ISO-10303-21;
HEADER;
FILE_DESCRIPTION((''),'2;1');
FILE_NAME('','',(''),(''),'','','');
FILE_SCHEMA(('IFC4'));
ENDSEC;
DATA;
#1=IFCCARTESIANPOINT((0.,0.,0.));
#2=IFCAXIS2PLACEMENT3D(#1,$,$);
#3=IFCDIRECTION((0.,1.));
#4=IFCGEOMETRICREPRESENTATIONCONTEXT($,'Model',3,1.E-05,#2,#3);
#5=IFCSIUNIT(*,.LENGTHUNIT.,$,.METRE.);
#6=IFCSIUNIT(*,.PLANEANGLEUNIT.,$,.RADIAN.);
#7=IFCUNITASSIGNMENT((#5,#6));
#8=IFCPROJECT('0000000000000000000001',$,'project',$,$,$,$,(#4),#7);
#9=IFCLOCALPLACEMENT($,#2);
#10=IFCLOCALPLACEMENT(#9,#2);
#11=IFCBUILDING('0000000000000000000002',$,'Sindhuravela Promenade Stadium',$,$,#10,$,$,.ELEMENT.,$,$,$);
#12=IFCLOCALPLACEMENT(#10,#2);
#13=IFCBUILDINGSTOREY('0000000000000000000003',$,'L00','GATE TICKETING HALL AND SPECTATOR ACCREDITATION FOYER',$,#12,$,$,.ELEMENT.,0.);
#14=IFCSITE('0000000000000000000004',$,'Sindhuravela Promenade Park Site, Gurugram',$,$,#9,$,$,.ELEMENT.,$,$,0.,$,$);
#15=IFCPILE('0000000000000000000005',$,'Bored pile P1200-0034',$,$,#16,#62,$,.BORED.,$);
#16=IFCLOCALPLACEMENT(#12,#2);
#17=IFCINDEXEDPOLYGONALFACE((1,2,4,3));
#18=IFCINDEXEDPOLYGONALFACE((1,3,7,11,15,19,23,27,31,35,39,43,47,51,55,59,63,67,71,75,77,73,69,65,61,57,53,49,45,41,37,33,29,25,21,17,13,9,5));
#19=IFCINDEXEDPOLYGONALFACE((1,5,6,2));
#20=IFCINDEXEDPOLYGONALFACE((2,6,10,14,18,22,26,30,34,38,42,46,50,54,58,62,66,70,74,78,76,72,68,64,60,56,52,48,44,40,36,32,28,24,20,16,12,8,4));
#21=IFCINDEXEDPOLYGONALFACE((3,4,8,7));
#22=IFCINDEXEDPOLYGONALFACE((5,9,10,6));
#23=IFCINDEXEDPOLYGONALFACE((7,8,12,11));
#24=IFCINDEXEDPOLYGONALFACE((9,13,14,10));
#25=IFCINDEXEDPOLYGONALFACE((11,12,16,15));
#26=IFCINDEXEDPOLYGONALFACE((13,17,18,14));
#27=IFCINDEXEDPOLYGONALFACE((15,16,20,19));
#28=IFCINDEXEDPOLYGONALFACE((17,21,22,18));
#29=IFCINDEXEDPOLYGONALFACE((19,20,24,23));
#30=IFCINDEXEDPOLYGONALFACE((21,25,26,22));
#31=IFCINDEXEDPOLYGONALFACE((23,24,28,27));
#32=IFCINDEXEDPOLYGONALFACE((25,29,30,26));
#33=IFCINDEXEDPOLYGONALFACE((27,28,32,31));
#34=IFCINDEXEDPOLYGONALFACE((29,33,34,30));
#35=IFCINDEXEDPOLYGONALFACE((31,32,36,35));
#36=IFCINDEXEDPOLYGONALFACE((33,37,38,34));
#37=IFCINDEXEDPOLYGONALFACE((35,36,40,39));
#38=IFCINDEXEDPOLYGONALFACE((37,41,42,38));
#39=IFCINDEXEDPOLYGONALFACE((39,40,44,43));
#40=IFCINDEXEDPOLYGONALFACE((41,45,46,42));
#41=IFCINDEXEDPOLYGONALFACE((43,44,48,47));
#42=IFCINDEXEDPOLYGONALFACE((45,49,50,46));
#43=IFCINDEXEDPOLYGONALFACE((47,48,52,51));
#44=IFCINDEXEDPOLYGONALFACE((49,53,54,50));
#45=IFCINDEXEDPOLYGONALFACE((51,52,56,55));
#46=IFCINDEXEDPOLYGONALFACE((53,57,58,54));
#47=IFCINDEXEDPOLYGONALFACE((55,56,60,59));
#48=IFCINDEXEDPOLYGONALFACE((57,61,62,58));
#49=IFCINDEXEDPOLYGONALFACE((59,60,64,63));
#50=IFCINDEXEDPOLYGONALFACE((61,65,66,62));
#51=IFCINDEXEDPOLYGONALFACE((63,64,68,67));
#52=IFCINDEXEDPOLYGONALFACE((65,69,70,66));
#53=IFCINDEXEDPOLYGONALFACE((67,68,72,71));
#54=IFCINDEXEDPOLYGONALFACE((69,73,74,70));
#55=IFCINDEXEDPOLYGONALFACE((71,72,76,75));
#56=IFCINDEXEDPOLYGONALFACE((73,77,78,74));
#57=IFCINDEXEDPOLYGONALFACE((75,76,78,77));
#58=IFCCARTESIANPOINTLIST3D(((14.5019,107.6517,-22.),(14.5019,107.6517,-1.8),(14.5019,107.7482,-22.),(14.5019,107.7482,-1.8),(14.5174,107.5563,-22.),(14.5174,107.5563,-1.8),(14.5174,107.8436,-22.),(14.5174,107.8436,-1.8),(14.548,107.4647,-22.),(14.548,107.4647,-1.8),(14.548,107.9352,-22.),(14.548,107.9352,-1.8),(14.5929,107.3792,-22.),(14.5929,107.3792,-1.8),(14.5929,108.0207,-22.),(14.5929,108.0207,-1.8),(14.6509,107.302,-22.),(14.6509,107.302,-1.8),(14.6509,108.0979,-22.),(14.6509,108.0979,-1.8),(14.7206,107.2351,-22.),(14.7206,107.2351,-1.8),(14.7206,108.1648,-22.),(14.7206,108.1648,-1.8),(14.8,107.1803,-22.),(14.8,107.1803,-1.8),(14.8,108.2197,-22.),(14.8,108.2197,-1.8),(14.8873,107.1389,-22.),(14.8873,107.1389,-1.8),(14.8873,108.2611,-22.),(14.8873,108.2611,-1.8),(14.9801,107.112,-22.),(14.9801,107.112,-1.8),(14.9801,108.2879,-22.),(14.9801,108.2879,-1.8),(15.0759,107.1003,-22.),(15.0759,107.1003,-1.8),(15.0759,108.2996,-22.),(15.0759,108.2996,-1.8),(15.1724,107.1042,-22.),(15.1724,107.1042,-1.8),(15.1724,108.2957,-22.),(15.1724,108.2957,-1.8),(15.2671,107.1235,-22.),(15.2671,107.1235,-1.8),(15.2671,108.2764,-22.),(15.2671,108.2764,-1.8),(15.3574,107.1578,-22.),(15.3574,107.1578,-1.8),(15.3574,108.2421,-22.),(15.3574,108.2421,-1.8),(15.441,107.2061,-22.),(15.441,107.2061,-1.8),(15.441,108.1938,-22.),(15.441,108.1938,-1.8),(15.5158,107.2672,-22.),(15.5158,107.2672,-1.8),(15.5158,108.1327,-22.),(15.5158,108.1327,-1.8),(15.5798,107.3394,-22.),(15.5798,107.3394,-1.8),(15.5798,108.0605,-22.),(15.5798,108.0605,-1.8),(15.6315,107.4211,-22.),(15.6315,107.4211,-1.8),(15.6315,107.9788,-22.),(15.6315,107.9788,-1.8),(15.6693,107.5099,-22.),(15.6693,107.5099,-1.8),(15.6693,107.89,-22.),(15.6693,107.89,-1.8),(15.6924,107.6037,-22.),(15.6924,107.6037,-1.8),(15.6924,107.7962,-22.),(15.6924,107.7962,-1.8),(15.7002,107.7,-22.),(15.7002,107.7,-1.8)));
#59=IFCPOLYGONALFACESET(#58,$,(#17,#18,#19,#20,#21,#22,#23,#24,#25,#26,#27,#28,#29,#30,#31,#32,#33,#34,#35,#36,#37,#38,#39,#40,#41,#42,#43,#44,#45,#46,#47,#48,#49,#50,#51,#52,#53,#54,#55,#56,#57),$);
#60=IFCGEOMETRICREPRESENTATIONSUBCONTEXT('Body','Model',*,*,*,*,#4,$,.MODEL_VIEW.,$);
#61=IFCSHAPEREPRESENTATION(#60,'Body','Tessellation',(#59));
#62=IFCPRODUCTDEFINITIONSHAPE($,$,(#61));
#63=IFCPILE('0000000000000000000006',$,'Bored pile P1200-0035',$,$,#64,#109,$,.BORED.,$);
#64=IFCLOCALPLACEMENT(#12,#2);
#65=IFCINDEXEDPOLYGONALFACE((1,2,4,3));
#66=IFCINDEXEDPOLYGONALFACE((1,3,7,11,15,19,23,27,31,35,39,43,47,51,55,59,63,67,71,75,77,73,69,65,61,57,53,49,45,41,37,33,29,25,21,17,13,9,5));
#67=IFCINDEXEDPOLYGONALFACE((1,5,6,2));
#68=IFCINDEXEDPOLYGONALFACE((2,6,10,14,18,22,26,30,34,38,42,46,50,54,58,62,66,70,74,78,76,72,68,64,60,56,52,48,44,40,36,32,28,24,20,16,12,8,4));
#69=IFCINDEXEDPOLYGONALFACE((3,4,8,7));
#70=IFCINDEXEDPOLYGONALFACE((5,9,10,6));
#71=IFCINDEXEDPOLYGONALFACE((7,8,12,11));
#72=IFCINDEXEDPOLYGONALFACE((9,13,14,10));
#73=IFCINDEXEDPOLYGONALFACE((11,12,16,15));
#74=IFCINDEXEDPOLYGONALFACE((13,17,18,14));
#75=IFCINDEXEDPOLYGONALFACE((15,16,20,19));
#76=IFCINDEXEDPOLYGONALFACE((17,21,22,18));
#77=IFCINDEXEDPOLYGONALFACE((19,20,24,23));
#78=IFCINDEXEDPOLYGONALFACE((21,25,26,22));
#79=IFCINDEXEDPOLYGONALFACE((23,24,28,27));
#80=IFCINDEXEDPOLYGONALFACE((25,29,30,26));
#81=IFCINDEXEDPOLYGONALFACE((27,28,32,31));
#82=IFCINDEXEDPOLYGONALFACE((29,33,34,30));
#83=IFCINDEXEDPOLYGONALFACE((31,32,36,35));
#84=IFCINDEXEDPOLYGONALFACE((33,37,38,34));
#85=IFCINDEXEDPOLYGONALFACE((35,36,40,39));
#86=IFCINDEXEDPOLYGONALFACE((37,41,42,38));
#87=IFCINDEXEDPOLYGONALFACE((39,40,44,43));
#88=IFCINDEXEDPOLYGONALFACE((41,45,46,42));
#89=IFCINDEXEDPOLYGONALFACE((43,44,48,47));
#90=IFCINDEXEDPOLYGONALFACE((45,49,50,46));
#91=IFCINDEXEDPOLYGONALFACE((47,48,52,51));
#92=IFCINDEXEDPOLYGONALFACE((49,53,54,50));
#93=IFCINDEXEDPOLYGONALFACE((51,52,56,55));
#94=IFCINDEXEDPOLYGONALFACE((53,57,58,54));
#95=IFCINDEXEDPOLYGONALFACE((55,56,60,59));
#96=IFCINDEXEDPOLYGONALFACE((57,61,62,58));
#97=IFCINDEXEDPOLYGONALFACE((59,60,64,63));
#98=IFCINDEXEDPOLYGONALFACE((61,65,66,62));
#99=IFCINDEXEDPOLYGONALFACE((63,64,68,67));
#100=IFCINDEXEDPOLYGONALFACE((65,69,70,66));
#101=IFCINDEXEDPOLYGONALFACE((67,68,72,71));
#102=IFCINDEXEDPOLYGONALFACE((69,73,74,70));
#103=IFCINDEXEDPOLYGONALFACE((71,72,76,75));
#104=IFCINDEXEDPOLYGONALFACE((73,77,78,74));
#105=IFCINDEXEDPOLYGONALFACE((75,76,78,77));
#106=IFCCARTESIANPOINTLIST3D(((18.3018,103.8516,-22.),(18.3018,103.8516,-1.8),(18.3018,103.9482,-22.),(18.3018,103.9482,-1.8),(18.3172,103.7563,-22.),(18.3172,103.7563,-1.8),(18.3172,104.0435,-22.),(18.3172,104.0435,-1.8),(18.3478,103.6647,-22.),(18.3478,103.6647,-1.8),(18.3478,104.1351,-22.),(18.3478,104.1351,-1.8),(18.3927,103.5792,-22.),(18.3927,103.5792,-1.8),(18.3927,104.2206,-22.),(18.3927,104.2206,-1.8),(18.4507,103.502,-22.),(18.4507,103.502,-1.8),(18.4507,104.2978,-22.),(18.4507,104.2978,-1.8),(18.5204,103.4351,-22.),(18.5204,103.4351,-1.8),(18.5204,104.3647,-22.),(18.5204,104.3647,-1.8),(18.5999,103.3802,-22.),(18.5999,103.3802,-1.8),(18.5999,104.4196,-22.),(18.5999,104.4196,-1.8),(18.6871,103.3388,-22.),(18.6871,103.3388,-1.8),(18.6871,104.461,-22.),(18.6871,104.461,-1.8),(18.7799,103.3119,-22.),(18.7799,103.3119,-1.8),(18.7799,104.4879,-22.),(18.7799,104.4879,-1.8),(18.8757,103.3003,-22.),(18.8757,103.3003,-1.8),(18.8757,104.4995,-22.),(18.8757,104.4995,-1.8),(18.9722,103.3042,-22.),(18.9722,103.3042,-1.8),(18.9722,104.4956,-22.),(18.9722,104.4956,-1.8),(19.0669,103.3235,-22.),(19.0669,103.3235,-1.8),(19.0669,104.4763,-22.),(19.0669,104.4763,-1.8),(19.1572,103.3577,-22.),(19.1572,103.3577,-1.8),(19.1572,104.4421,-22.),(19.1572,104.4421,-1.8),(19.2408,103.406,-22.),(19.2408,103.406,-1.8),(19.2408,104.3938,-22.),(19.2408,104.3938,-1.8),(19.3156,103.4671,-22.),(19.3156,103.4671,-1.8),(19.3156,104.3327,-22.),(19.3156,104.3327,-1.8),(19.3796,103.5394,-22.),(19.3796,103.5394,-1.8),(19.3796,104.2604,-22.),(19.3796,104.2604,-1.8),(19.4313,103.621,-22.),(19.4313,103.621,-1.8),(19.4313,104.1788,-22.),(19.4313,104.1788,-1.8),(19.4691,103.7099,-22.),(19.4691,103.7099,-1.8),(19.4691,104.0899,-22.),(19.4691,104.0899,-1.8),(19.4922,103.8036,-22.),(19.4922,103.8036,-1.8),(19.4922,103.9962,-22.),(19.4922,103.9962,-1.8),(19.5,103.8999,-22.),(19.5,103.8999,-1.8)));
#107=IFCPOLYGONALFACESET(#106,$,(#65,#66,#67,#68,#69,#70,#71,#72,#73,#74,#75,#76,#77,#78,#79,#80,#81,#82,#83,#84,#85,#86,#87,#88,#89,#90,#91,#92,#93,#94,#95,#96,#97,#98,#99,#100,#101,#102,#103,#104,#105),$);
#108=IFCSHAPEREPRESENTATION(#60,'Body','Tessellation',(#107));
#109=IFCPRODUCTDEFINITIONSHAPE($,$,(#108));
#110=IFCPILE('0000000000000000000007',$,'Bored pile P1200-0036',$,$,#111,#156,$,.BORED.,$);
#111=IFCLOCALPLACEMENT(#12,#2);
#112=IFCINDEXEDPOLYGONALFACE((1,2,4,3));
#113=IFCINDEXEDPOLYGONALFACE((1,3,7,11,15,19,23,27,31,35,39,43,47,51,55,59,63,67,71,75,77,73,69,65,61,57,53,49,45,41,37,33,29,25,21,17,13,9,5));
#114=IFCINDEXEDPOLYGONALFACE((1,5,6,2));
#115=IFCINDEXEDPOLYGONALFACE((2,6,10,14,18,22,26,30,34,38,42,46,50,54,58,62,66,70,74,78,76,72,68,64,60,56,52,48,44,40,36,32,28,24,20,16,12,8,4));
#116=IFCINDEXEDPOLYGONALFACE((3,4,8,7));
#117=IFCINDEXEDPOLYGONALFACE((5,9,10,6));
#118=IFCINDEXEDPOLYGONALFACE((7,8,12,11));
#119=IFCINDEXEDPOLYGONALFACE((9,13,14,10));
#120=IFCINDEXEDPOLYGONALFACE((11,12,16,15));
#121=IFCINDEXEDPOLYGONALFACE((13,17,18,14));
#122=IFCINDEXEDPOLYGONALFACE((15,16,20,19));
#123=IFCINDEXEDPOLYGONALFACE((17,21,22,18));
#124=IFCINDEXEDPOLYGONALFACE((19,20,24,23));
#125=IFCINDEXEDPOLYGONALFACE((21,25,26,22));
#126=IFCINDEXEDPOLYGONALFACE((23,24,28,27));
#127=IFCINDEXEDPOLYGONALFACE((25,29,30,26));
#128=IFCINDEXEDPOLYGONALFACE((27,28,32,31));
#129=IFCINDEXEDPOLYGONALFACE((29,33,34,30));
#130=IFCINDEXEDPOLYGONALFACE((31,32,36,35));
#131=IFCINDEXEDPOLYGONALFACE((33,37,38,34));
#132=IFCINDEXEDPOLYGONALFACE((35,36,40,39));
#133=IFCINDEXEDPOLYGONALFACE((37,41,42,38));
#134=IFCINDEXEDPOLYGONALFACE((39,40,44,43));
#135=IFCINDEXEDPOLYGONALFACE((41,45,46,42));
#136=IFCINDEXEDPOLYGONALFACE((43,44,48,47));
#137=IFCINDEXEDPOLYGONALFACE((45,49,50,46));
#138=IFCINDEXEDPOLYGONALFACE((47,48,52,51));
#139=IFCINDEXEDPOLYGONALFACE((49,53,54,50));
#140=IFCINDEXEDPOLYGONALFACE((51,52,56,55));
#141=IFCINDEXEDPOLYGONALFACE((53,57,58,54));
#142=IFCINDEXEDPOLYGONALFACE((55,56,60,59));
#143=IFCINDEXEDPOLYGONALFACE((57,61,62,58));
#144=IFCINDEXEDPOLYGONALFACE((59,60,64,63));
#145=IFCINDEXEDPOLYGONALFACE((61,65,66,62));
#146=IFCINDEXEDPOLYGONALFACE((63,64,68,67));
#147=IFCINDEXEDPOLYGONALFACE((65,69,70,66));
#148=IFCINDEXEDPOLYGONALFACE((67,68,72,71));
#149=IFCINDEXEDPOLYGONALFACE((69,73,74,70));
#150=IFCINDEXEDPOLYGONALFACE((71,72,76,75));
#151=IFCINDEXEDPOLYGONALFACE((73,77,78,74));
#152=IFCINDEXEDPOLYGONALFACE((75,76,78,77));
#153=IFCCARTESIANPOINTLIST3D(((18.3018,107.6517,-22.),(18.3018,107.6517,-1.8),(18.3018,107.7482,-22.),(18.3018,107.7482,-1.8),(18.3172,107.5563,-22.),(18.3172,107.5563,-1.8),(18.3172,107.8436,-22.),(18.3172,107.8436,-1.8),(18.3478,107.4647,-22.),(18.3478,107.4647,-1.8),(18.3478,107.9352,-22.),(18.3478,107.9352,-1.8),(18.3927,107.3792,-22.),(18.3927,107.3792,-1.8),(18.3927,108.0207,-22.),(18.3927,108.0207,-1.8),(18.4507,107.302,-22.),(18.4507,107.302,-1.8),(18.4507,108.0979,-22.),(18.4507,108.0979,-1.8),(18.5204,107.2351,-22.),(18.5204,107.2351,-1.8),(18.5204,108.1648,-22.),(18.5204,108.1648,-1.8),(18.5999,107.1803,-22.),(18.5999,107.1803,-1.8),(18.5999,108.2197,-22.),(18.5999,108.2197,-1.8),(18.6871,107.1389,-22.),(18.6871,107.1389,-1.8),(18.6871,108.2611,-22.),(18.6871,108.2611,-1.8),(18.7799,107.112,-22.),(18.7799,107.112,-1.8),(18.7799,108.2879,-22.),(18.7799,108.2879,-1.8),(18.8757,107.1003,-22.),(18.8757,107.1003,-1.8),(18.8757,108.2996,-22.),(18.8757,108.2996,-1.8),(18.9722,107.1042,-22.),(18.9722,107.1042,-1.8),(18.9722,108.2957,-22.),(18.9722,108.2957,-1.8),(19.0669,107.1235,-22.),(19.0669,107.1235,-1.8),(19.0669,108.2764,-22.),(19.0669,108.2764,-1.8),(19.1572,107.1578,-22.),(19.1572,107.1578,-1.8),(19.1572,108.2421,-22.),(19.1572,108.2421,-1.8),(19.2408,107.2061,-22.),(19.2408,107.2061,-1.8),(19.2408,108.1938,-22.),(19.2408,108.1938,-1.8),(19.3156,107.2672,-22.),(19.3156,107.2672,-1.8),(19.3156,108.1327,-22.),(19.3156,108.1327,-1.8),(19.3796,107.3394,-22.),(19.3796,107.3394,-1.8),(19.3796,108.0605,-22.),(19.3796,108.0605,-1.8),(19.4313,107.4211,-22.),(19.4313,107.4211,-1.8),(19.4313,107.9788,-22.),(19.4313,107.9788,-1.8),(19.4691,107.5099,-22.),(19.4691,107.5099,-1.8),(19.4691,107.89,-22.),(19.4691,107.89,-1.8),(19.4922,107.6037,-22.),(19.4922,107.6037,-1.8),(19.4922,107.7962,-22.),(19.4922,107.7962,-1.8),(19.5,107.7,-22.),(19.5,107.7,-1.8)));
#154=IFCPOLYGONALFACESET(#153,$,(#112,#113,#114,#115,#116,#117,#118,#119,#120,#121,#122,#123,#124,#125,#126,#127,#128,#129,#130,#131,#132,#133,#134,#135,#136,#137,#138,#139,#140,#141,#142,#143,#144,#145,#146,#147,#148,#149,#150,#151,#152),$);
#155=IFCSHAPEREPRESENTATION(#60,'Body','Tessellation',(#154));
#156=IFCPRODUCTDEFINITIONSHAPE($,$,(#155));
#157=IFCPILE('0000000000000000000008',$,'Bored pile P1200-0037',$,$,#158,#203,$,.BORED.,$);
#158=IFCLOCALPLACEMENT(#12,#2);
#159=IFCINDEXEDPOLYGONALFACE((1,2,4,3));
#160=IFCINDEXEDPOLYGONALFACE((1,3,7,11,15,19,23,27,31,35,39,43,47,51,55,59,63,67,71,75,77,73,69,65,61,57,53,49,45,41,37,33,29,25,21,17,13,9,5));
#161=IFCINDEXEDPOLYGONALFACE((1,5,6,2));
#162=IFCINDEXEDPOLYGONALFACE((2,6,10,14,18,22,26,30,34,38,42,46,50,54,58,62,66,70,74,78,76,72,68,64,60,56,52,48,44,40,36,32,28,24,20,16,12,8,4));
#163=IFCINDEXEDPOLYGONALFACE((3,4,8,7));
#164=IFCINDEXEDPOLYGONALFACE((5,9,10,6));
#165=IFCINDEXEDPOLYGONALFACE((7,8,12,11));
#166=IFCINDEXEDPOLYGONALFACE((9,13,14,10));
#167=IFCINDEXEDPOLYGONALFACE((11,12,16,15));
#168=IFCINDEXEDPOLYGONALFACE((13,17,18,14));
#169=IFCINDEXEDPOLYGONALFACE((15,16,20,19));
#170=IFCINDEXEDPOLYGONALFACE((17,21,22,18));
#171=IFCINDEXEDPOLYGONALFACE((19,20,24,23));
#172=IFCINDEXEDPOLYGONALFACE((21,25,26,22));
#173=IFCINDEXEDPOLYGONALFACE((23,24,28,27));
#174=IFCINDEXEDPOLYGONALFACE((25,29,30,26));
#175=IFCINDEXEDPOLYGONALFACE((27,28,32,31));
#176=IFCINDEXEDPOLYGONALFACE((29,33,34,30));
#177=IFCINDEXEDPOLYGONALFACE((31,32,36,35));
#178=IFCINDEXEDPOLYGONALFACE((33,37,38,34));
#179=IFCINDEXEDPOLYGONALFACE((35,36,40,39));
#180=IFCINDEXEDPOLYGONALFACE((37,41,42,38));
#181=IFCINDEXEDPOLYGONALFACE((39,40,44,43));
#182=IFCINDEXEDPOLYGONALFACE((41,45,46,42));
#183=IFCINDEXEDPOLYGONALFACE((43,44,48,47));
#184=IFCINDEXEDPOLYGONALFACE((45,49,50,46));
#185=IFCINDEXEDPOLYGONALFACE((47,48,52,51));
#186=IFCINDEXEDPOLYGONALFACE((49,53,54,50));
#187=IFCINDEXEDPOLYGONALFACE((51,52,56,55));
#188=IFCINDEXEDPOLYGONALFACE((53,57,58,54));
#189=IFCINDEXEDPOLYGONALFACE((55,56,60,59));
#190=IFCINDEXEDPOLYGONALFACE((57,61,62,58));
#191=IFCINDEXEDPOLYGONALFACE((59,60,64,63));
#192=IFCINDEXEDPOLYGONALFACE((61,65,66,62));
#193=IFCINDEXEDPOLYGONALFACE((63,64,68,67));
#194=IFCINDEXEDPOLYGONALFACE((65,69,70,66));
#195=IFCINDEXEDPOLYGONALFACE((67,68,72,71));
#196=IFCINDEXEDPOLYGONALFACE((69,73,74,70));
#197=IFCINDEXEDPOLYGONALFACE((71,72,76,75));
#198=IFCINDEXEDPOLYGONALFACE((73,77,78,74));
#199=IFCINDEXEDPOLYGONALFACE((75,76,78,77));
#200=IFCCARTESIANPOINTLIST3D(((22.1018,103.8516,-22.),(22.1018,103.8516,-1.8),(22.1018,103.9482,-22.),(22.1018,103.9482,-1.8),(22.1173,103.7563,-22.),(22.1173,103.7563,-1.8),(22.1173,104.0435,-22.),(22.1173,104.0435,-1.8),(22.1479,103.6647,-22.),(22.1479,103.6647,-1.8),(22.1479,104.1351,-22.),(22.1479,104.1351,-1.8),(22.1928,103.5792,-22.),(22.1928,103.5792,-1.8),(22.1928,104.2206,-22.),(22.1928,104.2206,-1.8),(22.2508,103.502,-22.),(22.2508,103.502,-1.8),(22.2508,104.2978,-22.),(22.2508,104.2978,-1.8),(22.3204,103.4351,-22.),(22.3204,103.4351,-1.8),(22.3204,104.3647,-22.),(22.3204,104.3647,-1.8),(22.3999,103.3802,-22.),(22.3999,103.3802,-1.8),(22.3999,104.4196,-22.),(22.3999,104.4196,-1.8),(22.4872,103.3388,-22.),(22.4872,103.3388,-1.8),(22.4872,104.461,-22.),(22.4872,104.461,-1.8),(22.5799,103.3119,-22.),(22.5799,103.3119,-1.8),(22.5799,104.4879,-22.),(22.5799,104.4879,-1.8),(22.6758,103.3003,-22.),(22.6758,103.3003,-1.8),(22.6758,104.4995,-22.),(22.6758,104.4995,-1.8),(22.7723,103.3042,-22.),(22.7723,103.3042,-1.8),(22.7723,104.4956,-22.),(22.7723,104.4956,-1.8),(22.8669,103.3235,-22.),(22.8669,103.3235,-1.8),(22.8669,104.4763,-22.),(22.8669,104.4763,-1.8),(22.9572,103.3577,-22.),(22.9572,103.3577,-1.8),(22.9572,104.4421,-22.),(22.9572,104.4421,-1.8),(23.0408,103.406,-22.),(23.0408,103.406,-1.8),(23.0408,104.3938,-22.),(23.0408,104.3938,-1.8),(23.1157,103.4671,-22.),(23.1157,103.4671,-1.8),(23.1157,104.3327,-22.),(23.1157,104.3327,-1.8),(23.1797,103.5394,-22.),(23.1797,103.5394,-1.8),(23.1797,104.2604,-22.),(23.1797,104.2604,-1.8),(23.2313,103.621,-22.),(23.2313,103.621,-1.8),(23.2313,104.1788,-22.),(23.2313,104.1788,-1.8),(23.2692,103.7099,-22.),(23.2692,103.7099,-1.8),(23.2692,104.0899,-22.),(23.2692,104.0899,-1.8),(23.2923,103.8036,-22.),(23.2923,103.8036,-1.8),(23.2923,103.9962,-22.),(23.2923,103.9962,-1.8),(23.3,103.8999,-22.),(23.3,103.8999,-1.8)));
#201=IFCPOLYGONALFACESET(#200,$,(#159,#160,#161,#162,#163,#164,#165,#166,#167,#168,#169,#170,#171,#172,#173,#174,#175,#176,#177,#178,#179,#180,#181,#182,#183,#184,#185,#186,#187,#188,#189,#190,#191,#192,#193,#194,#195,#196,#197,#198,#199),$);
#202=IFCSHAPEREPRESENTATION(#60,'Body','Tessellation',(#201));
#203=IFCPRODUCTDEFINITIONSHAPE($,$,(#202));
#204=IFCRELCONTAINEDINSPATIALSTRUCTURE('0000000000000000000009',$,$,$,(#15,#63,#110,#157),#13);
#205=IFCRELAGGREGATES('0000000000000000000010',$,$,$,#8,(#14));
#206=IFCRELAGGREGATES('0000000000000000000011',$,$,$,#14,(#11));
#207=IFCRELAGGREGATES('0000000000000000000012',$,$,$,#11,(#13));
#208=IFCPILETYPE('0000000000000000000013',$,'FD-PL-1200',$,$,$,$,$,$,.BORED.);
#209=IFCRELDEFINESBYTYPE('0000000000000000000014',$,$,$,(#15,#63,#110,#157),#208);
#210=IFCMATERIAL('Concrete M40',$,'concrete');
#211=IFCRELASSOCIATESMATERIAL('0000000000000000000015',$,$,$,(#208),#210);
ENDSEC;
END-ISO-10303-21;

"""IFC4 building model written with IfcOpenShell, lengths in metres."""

from ifc_helpers import new_model, si_unit, direction, frame, origin, origin_2d, place, context, subcontext, project, spatial, circle, extrude, material, material_profile, profile_set, type_object, element, save


model = new_model("IFC4")

# Units and contexts
model_context = context("Model", 3, precision=1e-05, world=origin(), true_north=direction((0.0, 1.0)))
body_context = subcontext(model_context, "Body", "Model", "MODEL_VIEW")
ifc_project = project(units=[si_unit("LENGTHUNIT", "METRE"), si_unit("PLANEANGLEUNIT", "RADIAN")], contexts=[model_context])

# Site, building, storey
site_placement = place(None, origin())
site = spatial("IfcSite", under=ifc_project, at=site_placement, Name="Sindhuravela Promenade Park Site, Gurugram", CompositionType="ELEMENT", RefElevation=0.0)
building_placement = place(site_placement, origin())
building = spatial("IfcBuilding", under=site, at=building_placement, Name="Sindhuravela Promenade Stadium", CompositionType="ELEMENT")
storey_placement = place(building_placement, origin())
storey = spatial("IfcBuildingStorey", under=building, at=storey_placement, Name="L00", Description="GATE TICKETING HALL AND SPECTATOR ACCREDITATION FOYER", CompositionType="ELEMENT", Elevation=0.0)

# Piles
ifc_material_1 = material(Name="Concrete M40", Category="concrete")
ifc_material_profile_1 = material_profile(ifc_material_1, circle(Radius=0.6001, at=origin_2d()), Name="BORED PILE D1200")
ifc_profile_set_1 = profile_set([ifc_material_profile_1], Name="Concrete M40")
pile_type = type_object("IfcPileType", Name="FD-PL-1200", PredefinedType="BORED", material=ifc_profile_set_1)
for number, where, z_axis, x_axis, name in (
    (1, (15.1001, 107.7, -1.8), (0.0, 0.0, -1.0), (1.0, 0.0, 0.0), "Bored pile P1200-0034"),
    (2, (18.8999, 103.8999, -1.8), (0.0, 0.0, -1.0), (1.0, 0.0, 0.0), "Bored pile P1200-0035"),
    (3, (18.8999, 107.7, -1.8), (0.0, 0.0, -1.0), (1.0, 0.0, 0.0), "Bored pile P1200-0036"),
    (4, (22.7, 103.8999, -1.8), (0.0, 0.0, -1.0), (1.0, 0.0, 0.0), "Bored pile P1200-0037"),
):
    element("IfcPile", number, at=place(storey_placement, frame(where, z_axis=z_axis, x_axis=x_axis)), inside=storey, type_object=pile_type, Name=name, PredefinedType="BORED", context=body_context, shape_type="SweptSolid", body=[
        extrude(circle(Radius=0.6001, at=origin_2d()), origin(), (0.0, 0.0, 1.0), 20.2),
    ])

save(model, "model.ifc")
